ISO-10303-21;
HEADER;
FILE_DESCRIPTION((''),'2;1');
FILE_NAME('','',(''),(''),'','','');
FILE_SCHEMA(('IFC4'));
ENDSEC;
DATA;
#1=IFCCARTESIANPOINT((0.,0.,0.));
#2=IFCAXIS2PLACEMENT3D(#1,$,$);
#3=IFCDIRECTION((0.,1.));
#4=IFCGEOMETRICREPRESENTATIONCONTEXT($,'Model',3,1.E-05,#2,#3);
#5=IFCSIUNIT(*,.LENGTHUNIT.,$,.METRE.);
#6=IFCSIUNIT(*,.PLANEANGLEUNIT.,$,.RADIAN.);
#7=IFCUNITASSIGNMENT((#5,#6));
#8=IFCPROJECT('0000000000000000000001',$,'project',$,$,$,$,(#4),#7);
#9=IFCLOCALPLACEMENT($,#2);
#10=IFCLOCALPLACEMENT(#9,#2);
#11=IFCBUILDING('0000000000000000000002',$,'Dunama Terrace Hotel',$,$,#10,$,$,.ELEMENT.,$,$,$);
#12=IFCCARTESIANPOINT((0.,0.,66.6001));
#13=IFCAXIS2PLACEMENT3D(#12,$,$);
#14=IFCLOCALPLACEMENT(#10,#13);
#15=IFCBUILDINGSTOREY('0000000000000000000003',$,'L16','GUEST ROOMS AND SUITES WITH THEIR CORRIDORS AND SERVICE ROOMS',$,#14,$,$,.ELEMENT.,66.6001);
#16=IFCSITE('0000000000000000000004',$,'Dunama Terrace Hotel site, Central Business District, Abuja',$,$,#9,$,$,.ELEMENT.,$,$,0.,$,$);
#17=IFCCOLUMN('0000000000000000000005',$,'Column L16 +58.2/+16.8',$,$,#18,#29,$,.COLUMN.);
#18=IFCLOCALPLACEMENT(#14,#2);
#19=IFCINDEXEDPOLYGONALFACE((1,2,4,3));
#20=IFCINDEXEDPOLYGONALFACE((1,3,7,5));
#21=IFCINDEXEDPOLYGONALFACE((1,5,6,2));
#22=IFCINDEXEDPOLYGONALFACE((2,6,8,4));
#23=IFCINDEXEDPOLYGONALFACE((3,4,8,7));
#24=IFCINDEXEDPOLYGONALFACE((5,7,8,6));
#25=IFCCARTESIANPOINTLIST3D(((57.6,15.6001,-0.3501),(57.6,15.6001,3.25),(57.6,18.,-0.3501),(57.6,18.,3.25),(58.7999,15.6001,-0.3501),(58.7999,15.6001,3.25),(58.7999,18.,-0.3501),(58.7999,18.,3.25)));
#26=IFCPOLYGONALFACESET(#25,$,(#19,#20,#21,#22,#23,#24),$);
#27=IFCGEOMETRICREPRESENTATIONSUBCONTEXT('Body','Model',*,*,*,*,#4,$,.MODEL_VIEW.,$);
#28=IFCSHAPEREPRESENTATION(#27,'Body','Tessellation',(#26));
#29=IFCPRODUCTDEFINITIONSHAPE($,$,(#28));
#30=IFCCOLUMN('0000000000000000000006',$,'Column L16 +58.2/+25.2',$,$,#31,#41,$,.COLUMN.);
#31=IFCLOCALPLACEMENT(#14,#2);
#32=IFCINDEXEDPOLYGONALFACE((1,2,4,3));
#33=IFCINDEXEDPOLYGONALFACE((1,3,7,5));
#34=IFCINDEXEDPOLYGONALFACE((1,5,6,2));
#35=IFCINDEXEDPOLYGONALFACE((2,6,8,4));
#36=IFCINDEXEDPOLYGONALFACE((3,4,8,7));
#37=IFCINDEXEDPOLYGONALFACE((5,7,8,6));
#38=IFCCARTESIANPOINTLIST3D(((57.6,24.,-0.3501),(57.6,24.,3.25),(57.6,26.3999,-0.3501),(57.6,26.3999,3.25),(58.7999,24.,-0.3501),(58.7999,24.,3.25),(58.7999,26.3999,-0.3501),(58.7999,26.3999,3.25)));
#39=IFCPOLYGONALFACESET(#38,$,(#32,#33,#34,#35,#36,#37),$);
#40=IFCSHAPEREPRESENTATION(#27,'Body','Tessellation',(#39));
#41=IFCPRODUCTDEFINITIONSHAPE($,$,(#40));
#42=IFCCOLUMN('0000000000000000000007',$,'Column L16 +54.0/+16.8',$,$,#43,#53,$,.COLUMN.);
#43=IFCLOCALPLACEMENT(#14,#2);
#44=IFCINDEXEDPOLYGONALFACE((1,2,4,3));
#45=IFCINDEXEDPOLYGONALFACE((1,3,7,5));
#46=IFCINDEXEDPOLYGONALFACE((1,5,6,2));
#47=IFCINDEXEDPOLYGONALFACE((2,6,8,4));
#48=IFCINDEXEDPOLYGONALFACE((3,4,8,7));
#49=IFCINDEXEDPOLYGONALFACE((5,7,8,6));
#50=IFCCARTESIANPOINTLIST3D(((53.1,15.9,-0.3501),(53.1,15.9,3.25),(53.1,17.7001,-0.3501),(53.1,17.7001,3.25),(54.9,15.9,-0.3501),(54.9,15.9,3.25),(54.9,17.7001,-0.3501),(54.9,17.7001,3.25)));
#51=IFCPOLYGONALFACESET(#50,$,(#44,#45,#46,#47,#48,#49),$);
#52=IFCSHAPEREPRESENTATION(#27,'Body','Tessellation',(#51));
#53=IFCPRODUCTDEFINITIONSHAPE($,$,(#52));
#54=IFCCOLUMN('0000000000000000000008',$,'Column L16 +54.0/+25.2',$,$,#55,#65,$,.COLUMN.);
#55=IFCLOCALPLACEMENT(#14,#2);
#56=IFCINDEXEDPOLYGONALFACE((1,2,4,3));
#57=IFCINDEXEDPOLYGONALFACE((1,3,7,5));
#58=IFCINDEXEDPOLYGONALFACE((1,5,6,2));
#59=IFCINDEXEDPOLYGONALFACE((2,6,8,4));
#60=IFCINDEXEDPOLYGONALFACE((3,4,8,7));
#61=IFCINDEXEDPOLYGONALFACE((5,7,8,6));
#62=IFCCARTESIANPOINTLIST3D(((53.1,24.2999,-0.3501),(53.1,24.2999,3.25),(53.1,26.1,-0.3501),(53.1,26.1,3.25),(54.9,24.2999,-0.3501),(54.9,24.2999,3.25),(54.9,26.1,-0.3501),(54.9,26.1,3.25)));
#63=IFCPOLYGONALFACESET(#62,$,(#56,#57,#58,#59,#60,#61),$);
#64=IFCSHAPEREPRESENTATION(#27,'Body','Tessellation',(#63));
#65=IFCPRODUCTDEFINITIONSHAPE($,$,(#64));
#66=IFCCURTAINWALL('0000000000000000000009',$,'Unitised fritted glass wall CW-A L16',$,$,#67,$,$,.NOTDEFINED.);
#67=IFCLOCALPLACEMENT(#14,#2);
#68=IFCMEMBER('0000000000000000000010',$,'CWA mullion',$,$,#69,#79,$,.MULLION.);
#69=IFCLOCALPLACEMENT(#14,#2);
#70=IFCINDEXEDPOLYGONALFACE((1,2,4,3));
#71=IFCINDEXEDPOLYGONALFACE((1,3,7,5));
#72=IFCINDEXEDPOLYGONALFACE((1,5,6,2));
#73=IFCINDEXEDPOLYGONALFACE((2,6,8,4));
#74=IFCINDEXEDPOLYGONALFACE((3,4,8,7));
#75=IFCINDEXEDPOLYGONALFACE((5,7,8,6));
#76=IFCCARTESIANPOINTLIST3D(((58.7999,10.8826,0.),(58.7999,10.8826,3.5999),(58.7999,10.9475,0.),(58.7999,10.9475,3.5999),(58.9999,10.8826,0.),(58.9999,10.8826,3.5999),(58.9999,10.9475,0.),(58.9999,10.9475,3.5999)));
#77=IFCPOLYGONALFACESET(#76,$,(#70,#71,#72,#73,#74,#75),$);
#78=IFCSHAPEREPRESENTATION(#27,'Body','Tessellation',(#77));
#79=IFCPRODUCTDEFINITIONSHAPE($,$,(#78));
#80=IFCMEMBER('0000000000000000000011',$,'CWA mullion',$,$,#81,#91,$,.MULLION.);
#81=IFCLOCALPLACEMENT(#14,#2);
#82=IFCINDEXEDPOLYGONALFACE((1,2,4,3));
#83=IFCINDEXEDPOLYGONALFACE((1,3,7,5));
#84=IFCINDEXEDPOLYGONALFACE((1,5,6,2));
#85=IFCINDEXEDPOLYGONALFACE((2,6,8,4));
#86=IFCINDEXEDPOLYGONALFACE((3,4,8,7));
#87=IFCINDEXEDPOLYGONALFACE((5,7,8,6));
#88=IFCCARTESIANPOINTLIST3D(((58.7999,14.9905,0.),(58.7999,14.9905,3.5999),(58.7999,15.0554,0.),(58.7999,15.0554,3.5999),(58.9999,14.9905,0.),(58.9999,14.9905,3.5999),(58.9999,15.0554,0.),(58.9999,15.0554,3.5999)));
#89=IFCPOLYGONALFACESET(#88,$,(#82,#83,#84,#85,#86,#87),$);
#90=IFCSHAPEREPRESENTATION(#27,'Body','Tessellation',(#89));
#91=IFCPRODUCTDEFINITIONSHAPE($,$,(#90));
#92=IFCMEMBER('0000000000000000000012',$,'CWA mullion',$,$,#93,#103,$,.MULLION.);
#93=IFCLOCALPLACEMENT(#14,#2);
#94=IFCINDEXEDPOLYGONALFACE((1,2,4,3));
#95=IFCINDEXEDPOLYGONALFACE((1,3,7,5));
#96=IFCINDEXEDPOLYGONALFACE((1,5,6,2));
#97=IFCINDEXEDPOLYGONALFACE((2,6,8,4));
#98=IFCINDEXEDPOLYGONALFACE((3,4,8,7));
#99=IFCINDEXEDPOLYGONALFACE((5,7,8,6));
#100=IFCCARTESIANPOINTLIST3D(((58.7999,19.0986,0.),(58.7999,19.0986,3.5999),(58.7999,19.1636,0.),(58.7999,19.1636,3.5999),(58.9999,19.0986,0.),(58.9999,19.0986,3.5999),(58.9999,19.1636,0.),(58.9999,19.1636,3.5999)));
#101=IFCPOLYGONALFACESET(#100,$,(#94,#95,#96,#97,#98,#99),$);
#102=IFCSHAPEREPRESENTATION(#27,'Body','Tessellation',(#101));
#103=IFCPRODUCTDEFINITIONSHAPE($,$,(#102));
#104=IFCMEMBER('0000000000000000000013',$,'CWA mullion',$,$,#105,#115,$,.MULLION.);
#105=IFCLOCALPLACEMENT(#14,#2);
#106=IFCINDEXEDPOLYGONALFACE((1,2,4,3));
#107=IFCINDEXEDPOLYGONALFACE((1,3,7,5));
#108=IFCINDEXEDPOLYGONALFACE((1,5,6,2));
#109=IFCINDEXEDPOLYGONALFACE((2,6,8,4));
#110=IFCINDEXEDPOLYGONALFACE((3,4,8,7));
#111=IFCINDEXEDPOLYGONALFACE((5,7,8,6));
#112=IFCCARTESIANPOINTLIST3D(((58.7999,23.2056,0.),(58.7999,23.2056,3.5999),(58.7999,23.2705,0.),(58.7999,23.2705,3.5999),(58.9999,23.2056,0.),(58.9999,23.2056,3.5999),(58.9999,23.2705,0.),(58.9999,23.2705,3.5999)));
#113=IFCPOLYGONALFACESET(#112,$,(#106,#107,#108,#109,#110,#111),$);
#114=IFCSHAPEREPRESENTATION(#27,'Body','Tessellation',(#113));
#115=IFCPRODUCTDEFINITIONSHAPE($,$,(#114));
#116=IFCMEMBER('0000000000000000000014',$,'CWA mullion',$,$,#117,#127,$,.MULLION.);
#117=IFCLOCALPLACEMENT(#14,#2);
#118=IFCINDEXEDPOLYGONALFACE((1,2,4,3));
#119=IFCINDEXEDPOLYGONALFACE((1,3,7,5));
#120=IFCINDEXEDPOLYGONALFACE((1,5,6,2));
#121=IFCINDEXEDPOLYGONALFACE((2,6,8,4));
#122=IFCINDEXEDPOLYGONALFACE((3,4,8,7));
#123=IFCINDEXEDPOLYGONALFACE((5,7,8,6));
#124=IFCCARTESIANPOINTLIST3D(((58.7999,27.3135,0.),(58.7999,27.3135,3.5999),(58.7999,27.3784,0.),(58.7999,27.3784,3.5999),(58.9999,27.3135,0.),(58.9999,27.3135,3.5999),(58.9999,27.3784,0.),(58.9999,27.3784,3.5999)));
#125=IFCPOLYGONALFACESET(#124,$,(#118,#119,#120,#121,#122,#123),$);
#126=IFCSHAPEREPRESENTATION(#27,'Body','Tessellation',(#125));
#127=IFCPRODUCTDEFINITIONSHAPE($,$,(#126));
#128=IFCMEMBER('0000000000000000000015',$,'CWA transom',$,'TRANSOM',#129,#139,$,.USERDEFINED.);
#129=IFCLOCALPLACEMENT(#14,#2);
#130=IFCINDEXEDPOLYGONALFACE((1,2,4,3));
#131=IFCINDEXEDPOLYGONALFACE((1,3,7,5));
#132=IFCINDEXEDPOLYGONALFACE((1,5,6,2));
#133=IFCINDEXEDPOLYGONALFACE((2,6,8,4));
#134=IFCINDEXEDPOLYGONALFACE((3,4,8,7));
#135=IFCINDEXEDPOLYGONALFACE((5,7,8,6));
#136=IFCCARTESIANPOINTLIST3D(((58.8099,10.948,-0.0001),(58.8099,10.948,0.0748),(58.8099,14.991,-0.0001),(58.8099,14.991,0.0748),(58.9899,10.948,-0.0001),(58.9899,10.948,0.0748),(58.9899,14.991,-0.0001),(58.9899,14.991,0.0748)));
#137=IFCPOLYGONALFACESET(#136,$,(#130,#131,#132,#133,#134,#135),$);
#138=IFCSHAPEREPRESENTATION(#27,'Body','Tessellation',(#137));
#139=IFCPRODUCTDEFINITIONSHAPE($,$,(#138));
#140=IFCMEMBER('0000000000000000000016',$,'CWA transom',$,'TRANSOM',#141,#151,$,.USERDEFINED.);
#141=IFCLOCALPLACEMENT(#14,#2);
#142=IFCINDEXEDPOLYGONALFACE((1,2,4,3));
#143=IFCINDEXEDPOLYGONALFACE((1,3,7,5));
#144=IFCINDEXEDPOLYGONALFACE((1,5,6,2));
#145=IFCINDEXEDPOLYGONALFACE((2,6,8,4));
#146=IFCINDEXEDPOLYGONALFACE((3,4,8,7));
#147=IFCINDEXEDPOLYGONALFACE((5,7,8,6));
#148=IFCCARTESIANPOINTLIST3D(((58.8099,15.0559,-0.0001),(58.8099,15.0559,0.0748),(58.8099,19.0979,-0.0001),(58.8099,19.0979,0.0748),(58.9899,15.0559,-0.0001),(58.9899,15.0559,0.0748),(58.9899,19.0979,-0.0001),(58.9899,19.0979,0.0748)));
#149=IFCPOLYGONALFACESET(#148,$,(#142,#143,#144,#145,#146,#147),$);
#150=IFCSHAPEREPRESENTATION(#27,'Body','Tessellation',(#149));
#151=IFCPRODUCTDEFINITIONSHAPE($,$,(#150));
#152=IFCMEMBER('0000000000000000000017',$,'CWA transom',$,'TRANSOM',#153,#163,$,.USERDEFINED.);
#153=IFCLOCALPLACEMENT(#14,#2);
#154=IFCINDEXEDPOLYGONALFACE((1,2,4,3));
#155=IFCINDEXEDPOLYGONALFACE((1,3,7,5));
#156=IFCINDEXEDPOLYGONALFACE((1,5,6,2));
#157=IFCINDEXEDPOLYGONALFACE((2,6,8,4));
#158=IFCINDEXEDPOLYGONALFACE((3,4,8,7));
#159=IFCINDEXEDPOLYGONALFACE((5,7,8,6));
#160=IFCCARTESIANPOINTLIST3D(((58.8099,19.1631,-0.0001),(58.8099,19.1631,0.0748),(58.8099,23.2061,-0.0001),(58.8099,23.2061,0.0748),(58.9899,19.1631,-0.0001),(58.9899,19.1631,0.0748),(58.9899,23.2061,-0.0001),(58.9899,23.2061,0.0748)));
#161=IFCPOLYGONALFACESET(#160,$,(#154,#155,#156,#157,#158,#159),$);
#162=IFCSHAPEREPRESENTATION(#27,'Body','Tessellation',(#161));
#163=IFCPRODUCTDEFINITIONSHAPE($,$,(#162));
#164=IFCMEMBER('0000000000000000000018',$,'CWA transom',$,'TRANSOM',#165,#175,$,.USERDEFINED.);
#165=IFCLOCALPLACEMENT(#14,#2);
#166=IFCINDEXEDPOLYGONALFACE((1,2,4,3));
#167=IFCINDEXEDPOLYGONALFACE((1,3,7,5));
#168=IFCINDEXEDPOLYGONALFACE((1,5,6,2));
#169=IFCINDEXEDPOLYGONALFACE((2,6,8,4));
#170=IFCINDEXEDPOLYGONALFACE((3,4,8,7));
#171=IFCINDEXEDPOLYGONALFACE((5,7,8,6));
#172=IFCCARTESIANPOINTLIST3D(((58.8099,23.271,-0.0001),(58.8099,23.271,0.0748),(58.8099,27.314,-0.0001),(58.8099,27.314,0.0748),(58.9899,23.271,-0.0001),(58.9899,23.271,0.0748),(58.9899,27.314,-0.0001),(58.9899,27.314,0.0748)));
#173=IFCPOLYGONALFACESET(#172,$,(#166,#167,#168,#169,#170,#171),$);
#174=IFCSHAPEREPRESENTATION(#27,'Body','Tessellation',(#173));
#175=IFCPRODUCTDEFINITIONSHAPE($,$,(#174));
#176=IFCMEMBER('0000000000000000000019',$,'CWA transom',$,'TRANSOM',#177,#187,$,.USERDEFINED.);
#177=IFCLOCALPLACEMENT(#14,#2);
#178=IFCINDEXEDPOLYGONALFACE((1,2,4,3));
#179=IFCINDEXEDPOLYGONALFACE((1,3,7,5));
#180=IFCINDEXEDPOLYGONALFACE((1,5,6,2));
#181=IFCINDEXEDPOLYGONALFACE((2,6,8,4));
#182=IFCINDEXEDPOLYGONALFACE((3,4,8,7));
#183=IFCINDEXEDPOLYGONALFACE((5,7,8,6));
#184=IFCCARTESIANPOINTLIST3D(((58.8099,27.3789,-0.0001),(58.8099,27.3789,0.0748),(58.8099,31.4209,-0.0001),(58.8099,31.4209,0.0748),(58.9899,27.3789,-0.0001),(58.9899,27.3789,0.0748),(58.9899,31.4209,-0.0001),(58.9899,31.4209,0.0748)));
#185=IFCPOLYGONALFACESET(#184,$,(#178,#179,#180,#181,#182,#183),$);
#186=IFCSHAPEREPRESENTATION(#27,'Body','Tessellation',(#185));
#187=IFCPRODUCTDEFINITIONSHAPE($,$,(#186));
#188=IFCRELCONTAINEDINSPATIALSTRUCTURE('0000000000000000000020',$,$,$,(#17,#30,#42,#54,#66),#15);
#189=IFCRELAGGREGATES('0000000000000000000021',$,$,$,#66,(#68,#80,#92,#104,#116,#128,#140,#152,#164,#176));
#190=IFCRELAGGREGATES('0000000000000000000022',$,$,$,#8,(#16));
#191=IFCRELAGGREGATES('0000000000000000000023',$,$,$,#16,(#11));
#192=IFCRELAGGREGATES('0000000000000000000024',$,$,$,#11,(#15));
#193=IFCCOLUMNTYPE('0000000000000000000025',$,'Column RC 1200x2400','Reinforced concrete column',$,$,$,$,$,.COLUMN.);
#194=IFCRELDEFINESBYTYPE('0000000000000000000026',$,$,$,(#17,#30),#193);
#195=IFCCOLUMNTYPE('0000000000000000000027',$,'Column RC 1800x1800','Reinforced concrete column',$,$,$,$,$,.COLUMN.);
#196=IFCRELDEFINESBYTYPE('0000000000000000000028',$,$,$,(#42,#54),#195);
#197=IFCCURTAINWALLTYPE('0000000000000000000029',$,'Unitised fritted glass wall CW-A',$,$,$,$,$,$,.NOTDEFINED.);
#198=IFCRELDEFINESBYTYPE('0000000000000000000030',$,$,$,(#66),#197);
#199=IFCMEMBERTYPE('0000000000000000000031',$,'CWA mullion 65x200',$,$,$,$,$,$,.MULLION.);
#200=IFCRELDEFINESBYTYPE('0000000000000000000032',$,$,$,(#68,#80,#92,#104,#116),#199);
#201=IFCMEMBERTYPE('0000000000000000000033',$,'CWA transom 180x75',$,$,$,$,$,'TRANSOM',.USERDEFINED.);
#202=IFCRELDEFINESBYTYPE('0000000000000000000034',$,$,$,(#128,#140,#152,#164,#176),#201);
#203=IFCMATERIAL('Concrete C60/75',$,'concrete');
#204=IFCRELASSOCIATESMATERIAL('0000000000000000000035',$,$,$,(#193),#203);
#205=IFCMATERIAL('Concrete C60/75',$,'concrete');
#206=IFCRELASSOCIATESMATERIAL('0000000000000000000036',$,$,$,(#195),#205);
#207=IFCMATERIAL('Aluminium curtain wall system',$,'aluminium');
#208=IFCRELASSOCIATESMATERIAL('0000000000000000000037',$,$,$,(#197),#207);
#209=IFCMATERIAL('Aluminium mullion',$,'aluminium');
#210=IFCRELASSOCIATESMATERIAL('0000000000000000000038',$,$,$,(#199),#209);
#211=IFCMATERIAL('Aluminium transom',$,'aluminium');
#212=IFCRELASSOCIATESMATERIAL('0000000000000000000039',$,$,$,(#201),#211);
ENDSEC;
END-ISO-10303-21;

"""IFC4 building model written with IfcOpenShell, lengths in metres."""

from ifc_helpers import new_model, si_unit, direction, frame, origin, origin_2d, place, context, subcontext, project, spatial, rectangle, extrude, material, material_profile, profile_set, type_object, element, aggregate, save


model = new_model("IFC4")

# Units and contexts
model_context = context("Model", 3, precision=1e-05, world=origin(), true_north=direction((0.0, 1.0)))
body_context = subcontext(model_context, "Body", "Model", "MODEL_VIEW")
ifc_project = project(units=[si_unit("LENGTHUNIT", "METRE"), si_unit("PLANEANGLEUNIT", "RADIAN")], contexts=[model_context])

# Site, building, storey
site_placement = place(None, origin())
site = spatial("IfcSite", under=ifc_project, at=site_placement, Name="Dunama Terrace Hotel site, Central Business District, Abuja", CompositionType="ELEMENT", RefElevation=0.0)
building_placement = place(site_placement, origin())
building = spatial("IfcBuilding", under=site, at=building_placement, Name="Dunama Terrace Hotel", CompositionType="ELEMENT")
storey_placement = place(building_placement, frame((0.0, 0.0, 66.6001)))
storey = spatial("IfcBuildingStorey", under=building, at=storey_placement, Name="L16", Description="GUEST ROOMS AND SUITES WITH THEIR CORRIDORS AND SERVICE ROOMS", CompositionType="ELEMENT", Elevation=66.6001)

# Columns
ifc_material_1 = material(Name="Concrete C60/75", Category="concrete")
ifc_material_profile_1 = material_profile(ifc_material_1, rectangle(XDim=1.2, YDim=2.3999, at=origin_2d()), Name="RC 1200x2400")
ifc_profile_set_1 = profile_set([ifc_material_profile_1], Name="Concrete C60/75")
column_type_1 = type_object("IfcColumnType", Name="Column RC 1200x2400", Description="Reinforced concrete column", PredefinedType="COLUMN", material=ifc_profile_set_1)
for number, where, z_axis, x_axis, name in (
    (1, (58.2, 16.8, -0.3501), (0.0, 0.0, 1.0), (1.0, 0.0, 0.0), "Column L16 +58.2/+16.8"),
    (2, (58.2, 25.2, -0.3501), (0.0, 0.0, 1.0), (1.0, 0.0, 0.0), "Column L16 +58.2/+25.2"),
):
    element("IfcColumn", number, at=place(storey_placement, frame(where, z_axis=z_axis, x_axis=x_axis)), inside=storey, type_object=column_type_1, Name=name, PredefinedType="COLUMN", context=body_context, shape_type="SweptSolid", body=[
        extrude(rectangle(XDim=1.2, YDim=2.3999, at=origin_2d()), origin(), (0.0, 0.0, 1.0), 3.6001),
    ])
ifc_material_2 = material(Name="Concrete C60/75", Category="concrete")
ifc_material_profile_2 = material_profile(ifc_material_2, rectangle(XDim=1.8, YDim=1.8, at=origin_2d()), Name="RC 1800x1800")
ifc_profile_set_2 = profile_set([ifc_material_profile_2], Name="Concrete C60/75")
column_type_2 = type_object("IfcColumnType", Name="Column RC 1800x1800", Description="Reinforced concrete column", PredefinedType="COLUMN", material=ifc_profile_set_2)
for number, where, z_axis, x_axis, name in (
    (3, (54.0, 16.8, -0.3501), (0.0, 0.0, 1.0), (1.0, 0.0, 0.0), "Column L16 +54.0/+16.8"),
    (4, (54.0, 25.2, -0.3501), (0.0, 0.0, 1.0), (1.0, 0.0, 0.0), "Column L16 +54.0/+25.2"),
):
    element("IfcColumn", number, at=place(storey_placement, frame(where, z_axis=z_axis, x_axis=x_axis)), inside=storey, type_object=column_type_2, Name=name, PredefinedType="COLUMN", context=body_context, shape_type="SweptSolid", body=[
        extrude(rectangle(XDim=1.8, YDim=1.8, at=origin_2d()), origin(), (0.0, 0.0, 1.0), 3.6001),
    ])

# Curtain wall, members
ifc_material_3 = material(Name="Aluminium curtain wall system", Category="aluminium")
curtain_wall_type = type_object("IfcCurtainWallType", Name="Unitised fritted glass wall CW-A", PredefinedType="NOTDEFINED", material=ifc_material_3)
curtain_wall_placement = place(storey_placement, origin())
curtain_wall = element("IfcCurtainWall", 5, at=curtain_wall_placement, inside=storey, type_object=curtain_wall_type, Name="Unitised fritted glass wall CW-A L16", PredefinedType="NOTDEFINED")
ifc_material_4 = material(Name="Aluminium mullion", Category="aluminium")
ifc_material_profile_3 = material_profile(ifc_material_4, rectangle(XDim=0.0649, YDim=0.2, at=origin_2d()), Name="CWA MULLION 65X200")
ifc_profile_set_3 = profile_set([ifc_material_profile_3], Name="Aluminium mullion")
member_type_1 = type_object("IfcMemberType", Name="CWA mullion 65x200", PredefinedType="MULLION", material=ifc_profile_set_3)
member_1_placement = place(storey_placement, frame((58.8999, 10.915, 0.0), z_axis=(0.0, 0.0, 1.0), x_axis=(0.0, 1.0, 0.0)))
member_1 = element("IfcMember", 6, at=member_1_placement, type_object=member_type_1, Name="CWA mullion", PredefinedType="MULLION", context=body_context, shape_type="SweptSolid", body=[
    extrude(rectangle(XDim=0.0649, YDim=0.2, at=origin_2d()), origin(), (0.0, 0.0, 1.0), 3.5999),
])
member_2_placement = place(storey_placement, frame((58.8999, 15.0229, 0.0), z_axis=(0.0, 0.0, 1.0), x_axis=(0.0, 1.0, 0.0)))
member_2 = element("IfcMember", 7, at=member_2_placement, type_object=member_type_1, Name="CWA mullion", PredefinedType="MULLION", context=body_context, shape_type="SweptSolid", body=[
    extrude(rectangle(XDim=0.0649, YDim=0.2, at=origin_2d()), origin(), (0.0, 0.0, 1.0), 3.5999),
])
member_3_placement = place(storey_placement, frame((58.8999, 19.1311, 0.0), z_axis=(0.0, 0.0, 1.0), x_axis=(0.0, 1.0, 0.0)))
member_3 = element("IfcMember", 8, at=member_3_placement, type_object=member_type_1, Name="CWA mullion", PredefinedType="MULLION", context=body_context, shape_type="SweptSolid", body=[
    extrude(rectangle(XDim=0.0649, YDim=0.2, at=origin_2d()), origin(), (0.0, 0.0, 1.0), 3.5999),
])
member_4_placement = place(storey_placement, frame((58.8999, 23.238, 0.0), z_axis=(0.0, 0.0, 1.0), x_axis=(0.0, 1.0, 0.0)))
member_4 = element("IfcMember", 9, at=member_4_placement, type_object=member_type_1, Name="CWA mullion", PredefinedType="MULLION", context=body_context, shape_type="SweptSolid", body=[
    extrude(rectangle(XDim=0.0649, YDim=0.2, at=origin_2d()), origin(), (0.0, 0.0, 1.0), 3.5999),
])
member_5_placement = place(storey_placement, frame((58.8999, 27.3459, 0.0), z_axis=(0.0, 0.0, 1.0), x_axis=(0.0, 1.0, 0.0)))
member_5 = element("IfcMember", 10, at=member_5_placement, type_object=member_type_1, Name="CWA mullion", PredefinedType="MULLION", context=body_context, shape_type="SweptSolid", body=[
    extrude(rectangle(XDim=0.0649, YDim=0.2, at=origin_2d()), origin(), (0.0, 0.0, 1.0), 3.5999),
])
ifc_material_5 = material(Name="Aluminium transom", Category="aluminium")
ifc_material_profile_4 = material_profile(ifc_material_5, rectangle(XDim=0.1799, YDim=0.075, at=origin_2d()), Name="CWA TRANSOM 180X75")
ifc_profile_set_4 = profile_set([ifc_material_profile_4], Name="Aluminium transom")
member_type_2 = type_object("IfcMemberType", Name="CWA transom 180x75", ElementType="TRANSOM", PredefinedType="USERDEFINED", material=ifc_profile_set_4)
member_6_placement = place(storey_placement, frame((58.8999, 10.948, 0.0374), z_axis=(0.0, 1.0, 0.0), x_axis=(-1.0, 0.0, 0.0)))
member_6 = element("IfcMember", 11, at=member_6_placement, type_object=member_type_2, Name="CWA transom", ObjectType="TRANSOM", PredefinedType="USERDEFINED", context=body_context, shape_type="SweptSolid", body=[
    extrude(rectangle(XDim=0.1799, YDim=0.075, at=origin_2d()), origin(), (0.0, 0.0, 1.0), 4.043),
])
member_7_placement = place(storey_placement, frame((58.8999, 15.0559, 0.0374), z_axis=(0.0, 1.0, 0.0), x_axis=(-1.0, 0.0, 0.0)))
member_7 = element("IfcMember", 12, at=member_7_placement, type_object=member_type_2, Name="CWA transom", ObjectType="TRANSOM", PredefinedType="USERDEFINED", context=body_context, shape_type="SweptSolid", body=[
    extrude(rectangle(XDim=0.1799, YDim=0.075, at=origin_2d()), origin(), (0.0, 0.0, 1.0), 4.042),
])
member_8_placement = place(storey_placement, frame((58.8999, 19.1631, 0.0374), z_axis=(0.0, 1.0, 0.0), x_axis=(-1.0, 0.0, 0.0)))
member_8 = element("IfcMember", 13, at=member_8_placement, type_object=member_type_2, Name="CWA transom", ObjectType="TRANSOM", PredefinedType="USERDEFINED", context=body_context, shape_type="SweptSolid", body=[
    extrude(rectangle(XDim=0.1799, YDim=0.075, at=origin_2d()), origin(), (0.0, 0.0, 1.0), 4.043),
])
member_9_placement = place(storey_placement, frame((58.8999, 23.271, 0.0374), z_axis=(0.0, 1.0, 0.0), x_axis=(-1.0, 0.0, 0.0)))
member_9 = element("IfcMember", 14, at=member_9_placement, type_object=member_type_2, Name="CWA transom", ObjectType="TRANSOM", PredefinedType="USERDEFINED", context=body_context, shape_type="SweptSolid", body=[
    extrude(rectangle(XDim=0.1799, YDim=0.075, at=origin_2d()), origin(), (0.0, 0.0, 1.0), 4.043),
])
member_10_placement = place(storey_placement, frame((58.8999, 27.3789, 0.0374), z_axis=(0.0, 1.0, 0.0), x_axis=(-1.0, 0.0, 0.0)))
member_10 = element("IfcMember", 15, at=member_10_placement, type_object=member_type_2, Name="CWA transom", ObjectType="TRANSOM", PredefinedType="USERDEFINED", context=body_context, shape_type="SweptSolid", body=[
    extrude(rectangle(XDim=0.1799, YDim=0.075, at=origin_2d()), origin(), (0.0, 0.0, 1.0), 4.042),
])

aggregate(curtain_wall, [member_1, member_2, member_3, member_4, member_5, member_6, member_7, member_8, member_9, member_10])

save(model, "model.ifc")
